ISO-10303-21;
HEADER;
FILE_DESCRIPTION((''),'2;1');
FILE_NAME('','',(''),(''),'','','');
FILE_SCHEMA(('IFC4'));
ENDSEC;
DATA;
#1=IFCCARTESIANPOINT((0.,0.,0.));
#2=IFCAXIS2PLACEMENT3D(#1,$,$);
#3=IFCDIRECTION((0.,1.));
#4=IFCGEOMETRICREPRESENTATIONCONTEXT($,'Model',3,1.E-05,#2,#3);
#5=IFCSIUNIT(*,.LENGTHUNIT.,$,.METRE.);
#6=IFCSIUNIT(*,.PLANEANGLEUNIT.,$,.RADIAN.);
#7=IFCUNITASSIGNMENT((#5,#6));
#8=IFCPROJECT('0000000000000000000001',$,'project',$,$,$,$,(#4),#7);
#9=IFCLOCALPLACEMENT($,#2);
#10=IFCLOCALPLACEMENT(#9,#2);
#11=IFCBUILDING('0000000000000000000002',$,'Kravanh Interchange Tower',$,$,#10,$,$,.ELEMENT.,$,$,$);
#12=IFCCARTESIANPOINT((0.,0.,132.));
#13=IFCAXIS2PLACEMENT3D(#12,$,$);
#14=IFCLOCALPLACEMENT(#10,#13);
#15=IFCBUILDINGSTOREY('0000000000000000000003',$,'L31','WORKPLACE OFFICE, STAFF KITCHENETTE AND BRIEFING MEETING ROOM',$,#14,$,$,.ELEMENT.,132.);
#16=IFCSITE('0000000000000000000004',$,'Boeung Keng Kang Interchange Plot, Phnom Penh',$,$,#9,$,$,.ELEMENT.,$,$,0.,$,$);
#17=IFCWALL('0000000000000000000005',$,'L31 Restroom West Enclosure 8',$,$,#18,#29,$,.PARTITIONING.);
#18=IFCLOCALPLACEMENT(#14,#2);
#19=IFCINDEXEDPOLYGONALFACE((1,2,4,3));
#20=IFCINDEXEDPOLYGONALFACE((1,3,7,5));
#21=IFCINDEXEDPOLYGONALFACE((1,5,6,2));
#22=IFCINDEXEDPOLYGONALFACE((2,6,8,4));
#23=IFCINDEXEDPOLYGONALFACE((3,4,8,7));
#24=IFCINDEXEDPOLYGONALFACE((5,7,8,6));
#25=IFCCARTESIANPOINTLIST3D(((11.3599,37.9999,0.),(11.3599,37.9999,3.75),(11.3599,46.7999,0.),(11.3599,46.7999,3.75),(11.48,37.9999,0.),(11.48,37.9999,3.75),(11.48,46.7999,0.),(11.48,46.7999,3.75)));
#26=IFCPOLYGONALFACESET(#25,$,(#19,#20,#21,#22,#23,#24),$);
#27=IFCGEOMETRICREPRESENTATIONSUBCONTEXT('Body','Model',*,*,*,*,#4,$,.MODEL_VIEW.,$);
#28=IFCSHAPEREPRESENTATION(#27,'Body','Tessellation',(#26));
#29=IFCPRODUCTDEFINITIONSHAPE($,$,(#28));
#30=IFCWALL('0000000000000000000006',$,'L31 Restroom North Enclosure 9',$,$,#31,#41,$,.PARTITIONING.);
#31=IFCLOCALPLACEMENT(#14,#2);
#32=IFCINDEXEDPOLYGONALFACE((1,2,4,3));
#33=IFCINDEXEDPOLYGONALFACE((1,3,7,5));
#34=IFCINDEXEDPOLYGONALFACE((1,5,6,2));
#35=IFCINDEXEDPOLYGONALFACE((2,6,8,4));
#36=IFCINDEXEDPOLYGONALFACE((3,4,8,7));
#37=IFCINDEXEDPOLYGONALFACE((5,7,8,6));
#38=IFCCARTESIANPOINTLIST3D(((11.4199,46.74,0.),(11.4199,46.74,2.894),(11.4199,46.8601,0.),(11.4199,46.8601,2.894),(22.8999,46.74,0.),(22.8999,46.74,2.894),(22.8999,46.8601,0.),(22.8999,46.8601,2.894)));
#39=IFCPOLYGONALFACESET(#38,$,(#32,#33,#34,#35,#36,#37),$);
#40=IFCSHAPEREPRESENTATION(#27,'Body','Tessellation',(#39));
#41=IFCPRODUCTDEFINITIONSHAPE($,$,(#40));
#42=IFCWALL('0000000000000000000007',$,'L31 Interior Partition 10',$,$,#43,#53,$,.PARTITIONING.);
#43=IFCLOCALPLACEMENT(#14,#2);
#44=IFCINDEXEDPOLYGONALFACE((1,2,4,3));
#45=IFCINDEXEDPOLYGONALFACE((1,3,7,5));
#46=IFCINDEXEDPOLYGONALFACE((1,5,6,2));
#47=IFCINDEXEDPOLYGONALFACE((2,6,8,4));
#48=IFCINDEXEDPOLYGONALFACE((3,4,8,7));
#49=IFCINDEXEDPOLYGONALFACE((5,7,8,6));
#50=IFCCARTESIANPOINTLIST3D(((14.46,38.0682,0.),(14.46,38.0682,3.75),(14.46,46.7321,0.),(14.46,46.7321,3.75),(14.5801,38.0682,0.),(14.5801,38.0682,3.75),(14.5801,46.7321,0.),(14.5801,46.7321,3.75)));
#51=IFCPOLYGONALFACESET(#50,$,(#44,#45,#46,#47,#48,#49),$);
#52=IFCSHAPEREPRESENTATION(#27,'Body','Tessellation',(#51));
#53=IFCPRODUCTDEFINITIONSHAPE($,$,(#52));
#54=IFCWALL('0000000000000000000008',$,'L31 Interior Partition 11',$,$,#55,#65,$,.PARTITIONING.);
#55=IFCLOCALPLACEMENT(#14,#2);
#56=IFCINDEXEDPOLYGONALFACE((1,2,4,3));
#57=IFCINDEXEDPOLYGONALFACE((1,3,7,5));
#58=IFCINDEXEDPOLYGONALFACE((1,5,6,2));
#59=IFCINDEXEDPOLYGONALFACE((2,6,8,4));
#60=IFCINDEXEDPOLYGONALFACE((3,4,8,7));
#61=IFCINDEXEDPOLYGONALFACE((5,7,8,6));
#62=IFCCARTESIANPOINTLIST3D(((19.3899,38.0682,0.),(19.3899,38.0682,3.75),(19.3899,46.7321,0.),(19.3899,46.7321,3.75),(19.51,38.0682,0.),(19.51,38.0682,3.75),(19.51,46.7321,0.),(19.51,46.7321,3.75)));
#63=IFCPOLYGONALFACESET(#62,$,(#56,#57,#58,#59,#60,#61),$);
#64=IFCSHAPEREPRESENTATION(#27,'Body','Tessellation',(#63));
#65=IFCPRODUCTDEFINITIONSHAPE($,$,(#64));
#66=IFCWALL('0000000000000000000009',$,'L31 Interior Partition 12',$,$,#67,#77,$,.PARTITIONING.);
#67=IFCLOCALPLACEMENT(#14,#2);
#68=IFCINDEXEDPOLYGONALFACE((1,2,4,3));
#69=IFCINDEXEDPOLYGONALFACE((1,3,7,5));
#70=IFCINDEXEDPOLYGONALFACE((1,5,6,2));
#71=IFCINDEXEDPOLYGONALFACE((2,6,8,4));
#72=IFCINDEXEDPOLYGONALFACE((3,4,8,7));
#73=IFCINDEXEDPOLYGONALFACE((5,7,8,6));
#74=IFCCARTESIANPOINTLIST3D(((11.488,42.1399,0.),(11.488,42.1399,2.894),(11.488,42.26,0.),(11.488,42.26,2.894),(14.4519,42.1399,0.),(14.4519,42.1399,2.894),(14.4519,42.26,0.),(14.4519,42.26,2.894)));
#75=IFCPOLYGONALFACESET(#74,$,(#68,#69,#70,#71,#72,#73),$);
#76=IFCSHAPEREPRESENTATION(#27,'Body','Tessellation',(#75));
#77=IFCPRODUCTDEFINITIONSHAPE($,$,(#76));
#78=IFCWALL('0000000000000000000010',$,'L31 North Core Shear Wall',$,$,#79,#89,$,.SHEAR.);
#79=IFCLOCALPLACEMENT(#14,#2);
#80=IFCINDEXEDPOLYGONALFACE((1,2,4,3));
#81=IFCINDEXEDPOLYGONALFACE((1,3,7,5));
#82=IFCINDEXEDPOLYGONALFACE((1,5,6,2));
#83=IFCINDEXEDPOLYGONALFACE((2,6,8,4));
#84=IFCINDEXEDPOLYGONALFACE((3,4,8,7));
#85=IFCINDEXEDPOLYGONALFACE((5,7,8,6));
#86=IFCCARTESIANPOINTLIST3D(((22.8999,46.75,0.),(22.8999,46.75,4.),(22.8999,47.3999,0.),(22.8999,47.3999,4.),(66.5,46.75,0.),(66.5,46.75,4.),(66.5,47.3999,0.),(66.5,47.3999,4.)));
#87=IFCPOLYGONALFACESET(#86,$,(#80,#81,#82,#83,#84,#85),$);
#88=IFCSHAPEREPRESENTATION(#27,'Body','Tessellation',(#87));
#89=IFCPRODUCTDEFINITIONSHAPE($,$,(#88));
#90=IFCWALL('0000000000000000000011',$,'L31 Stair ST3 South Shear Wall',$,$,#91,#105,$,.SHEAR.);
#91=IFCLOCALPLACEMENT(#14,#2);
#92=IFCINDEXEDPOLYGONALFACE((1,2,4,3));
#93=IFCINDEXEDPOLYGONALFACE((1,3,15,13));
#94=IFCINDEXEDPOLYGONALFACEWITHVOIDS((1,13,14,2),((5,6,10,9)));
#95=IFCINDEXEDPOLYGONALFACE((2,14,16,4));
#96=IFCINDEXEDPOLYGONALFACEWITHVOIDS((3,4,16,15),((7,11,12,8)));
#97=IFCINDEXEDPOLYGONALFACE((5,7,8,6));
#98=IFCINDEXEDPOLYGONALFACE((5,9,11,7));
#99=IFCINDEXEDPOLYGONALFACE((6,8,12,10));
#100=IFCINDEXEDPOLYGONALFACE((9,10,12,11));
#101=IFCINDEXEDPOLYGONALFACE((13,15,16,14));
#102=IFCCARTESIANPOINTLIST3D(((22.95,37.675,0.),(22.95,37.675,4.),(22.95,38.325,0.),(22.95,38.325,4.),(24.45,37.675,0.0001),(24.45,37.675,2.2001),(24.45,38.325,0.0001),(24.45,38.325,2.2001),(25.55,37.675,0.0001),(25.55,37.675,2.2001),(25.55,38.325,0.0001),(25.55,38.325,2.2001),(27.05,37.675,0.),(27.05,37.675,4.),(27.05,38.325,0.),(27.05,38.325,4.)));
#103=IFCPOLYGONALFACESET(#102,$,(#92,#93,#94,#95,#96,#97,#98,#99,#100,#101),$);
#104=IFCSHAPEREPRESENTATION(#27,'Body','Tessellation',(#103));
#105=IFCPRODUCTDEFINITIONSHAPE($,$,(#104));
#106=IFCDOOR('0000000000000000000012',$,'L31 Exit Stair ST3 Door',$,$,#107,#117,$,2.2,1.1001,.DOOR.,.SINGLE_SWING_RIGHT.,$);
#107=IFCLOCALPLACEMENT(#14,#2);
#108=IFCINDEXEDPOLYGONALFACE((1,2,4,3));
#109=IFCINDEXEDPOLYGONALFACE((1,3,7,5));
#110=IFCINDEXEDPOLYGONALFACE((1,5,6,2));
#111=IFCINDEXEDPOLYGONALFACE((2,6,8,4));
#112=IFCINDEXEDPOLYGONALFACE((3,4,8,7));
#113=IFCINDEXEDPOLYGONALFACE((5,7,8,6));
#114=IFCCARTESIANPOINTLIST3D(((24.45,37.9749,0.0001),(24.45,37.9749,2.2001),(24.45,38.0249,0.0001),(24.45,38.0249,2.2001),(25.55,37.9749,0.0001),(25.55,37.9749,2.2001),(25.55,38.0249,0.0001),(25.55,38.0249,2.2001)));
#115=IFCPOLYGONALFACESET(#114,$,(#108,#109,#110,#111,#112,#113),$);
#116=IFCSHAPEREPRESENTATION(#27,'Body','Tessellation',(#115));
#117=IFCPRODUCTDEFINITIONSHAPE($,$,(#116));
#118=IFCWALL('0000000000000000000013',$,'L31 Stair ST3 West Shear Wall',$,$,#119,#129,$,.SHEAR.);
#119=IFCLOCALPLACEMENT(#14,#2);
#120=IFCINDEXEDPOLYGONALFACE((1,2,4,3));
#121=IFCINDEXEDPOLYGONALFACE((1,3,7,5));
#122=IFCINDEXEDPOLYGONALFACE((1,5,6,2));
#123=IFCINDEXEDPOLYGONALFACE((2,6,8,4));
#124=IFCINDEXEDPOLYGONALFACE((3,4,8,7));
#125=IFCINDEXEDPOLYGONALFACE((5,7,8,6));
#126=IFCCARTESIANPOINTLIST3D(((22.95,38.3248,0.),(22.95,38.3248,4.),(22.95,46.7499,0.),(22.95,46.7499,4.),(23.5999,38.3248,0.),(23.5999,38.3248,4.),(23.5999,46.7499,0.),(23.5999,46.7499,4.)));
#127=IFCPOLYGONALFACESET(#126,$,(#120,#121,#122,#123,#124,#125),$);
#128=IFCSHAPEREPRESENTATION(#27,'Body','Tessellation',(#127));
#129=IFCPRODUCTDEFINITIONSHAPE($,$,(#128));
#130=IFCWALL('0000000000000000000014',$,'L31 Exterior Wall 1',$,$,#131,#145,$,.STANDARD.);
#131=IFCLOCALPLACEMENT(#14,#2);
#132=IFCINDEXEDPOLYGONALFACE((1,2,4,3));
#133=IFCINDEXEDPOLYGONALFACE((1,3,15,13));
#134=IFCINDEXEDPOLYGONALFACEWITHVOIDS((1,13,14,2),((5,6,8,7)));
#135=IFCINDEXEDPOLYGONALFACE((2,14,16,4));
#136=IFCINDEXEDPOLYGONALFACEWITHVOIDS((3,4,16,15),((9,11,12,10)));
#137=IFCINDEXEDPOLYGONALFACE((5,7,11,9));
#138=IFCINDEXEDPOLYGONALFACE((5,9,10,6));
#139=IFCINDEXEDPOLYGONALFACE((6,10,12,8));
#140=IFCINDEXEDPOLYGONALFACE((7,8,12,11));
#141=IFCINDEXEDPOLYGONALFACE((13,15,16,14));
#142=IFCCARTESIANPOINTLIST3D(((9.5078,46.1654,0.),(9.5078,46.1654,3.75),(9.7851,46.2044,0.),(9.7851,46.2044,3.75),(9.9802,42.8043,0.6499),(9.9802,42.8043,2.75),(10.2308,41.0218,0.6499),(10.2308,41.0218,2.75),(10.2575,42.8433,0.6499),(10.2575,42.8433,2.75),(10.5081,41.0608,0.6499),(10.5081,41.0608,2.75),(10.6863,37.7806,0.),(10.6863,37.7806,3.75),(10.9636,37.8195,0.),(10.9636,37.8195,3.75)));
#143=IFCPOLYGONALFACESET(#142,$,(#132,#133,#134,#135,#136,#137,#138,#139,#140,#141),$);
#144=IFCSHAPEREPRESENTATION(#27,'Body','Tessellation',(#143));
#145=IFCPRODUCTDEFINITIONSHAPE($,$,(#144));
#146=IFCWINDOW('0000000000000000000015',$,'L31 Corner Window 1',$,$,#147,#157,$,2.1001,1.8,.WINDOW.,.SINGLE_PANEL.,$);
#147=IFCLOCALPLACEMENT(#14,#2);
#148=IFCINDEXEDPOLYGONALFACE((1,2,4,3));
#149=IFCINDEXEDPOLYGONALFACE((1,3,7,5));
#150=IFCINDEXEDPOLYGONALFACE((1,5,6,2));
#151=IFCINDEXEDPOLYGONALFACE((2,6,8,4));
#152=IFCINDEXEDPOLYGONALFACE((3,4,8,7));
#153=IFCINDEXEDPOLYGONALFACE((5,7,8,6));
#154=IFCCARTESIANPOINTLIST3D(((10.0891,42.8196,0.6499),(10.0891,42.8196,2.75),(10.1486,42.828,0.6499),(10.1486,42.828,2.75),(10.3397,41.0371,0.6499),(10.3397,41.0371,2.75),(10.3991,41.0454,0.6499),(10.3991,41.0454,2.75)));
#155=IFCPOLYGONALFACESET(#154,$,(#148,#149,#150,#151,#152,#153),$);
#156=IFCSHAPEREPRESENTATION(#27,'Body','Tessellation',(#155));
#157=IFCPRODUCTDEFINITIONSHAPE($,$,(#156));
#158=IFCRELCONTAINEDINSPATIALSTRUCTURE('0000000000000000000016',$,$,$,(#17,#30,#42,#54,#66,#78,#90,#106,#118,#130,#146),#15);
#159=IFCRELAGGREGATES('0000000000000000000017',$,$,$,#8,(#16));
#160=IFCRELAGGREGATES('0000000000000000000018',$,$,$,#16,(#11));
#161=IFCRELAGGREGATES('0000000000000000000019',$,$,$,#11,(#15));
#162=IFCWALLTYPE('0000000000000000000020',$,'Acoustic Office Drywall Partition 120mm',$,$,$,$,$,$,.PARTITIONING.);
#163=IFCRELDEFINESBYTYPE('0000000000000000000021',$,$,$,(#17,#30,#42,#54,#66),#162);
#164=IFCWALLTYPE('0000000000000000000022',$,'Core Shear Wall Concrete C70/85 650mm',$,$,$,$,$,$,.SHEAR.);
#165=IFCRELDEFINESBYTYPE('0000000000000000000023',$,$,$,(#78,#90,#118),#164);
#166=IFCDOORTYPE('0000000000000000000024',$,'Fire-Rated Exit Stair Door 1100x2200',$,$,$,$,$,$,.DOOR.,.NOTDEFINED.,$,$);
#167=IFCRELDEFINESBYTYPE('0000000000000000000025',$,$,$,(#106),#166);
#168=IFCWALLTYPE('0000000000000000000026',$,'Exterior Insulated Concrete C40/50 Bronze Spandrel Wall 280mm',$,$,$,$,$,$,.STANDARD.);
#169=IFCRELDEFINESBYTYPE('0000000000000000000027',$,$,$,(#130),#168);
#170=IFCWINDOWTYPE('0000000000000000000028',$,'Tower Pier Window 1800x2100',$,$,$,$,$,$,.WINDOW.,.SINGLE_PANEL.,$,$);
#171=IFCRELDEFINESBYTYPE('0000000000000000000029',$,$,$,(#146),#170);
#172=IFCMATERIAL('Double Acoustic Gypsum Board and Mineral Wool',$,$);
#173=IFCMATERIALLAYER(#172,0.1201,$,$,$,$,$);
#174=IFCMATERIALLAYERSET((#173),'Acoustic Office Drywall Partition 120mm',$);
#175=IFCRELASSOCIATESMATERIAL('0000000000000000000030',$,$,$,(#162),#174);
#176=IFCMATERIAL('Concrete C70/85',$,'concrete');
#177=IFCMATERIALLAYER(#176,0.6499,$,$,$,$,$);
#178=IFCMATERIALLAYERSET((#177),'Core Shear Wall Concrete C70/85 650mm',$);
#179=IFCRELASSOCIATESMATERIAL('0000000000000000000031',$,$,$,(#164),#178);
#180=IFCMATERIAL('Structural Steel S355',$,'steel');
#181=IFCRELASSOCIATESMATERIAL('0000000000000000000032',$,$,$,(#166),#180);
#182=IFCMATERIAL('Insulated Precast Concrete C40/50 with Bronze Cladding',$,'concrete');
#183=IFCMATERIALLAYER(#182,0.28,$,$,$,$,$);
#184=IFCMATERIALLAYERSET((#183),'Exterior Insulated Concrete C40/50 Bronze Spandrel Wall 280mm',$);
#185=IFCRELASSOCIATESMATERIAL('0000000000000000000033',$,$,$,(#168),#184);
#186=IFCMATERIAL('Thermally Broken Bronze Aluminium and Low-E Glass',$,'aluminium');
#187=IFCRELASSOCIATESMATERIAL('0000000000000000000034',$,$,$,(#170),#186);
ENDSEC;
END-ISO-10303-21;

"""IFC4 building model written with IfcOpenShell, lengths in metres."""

from ifc_helpers import new_model, si_unit, direction, frame, frame_2d, origin, place, context, subcontext, project, spatial, rectangle, extrude, material, layer, layer_set, type_object, element, fill, save


model = new_model("IFC4")

# Units and contexts
model_context = context("Model", 3, precision=1e-05, world=origin(), true_north=direction((0.0, 1.0)))
body_context = subcontext(model_context, "Body", "Model", "MODEL_VIEW")
ifc_project = project(units=[si_unit("LENGTHUNIT", "METRE"), si_unit("PLANEANGLEUNIT", "RADIAN")], contexts=[model_context])

# Site, building, storey
site_placement = place(None, origin())
site = spatial("IfcSite", under=ifc_project, at=site_placement, Name="Boeung Keng Kang Interchange Plot, Phnom Penh", CompositionType="ELEMENT", RefElevation=0.0)
building_placement = place(site_placement, origin())
building = spatial("IfcBuilding", under=site, at=building_placement, Name="Kravanh Interchange Tower", CompositionType="ELEMENT")
storey_placement = place(building_placement, frame((0.0, 0.0, 132.0)))
storey = spatial("IfcBuildingStorey", under=building, at=storey_placement, Name="L31", Description="WORKPLACE OFFICE, STAFF KITCHENETTE AND BRIEFING MEETING ROOM", CompositionType="ELEMENT", Elevation=132.0)

# Shared definitions
ifc_material_1 = material(Name="Double Acoustic Gypsum Board and Mineral Wool")
ifc_layer_1 = layer(ifc_material_1, 0.1201)
ifc_layer_set_1 = layer_set([ifc_layer_1], Name="Acoustic Office Drywall Partition 120mm")
wall_type_1 = type_object("IfcWallType", Name="Acoustic Office Drywall Partition 120mm", PredefinedType="PARTITIONING", material=ifc_layer_set_1)

# Walls
wall_1_placement = place(storey_placement, frame((11.4199, 38.0, 0.0), z_axis=(0.0, 0.0, 1.0), x_axis=(0.0, 1.0, 0.0)))
element("IfcWall", 1, at=wall_1_placement, inside=storey, type_object=wall_type_1, Name="L31 Restroom West Enclosure 8", PredefinedType="PARTITIONING", context=body_context, shape_type="SweptSolid", body=[
    extrude(rectangle(XDim=8.8, YDim=0.1201, at=frame_2d((4.3999, 0.0))), origin(), (0.0, 0.0, 1.0), 3.75),
])
wall_2_placement = place(storey_placement, frame((11.4199, 46.8, 0.0), z_axis=(0.0, 0.0, 1.0), x_axis=(1.0, 0.0, 0.0)))
element("IfcWall", 2, at=wall_2_placement, inside=storey, type_object=wall_type_1, Name="L31 Restroom North Enclosure 9", PredefinedType="PARTITIONING", context=body_context, shape_type="SweptSolid", body=[
    extrude(rectangle(XDim=11.48, YDim=0.1201, at=frame_2d((5.74, 0.0))), origin(), (0.0, 0.0, 1.0), 2.894),
])
for number, where, z_axis, x_axis, name in (
    (3, (14.52, 38.0681, 0.0), (0.0, 0.0, 1.0), (0.0, 1.0, 0.0), "L31 Interior Partition 10"),
    (4, (19.45, 38.0681, 0.0), (0.0, 0.0, 1.0), (0.0, 1.0, 0.0), "L31 Interior Partition 11"),
):
    element("IfcWall", number, at=place(storey_placement, frame(where, z_axis=z_axis, x_axis=x_axis)), inside=storey, type_object=wall_type_1, Name=name, PredefinedType="PARTITIONING", context=body_context, shape_type="SweptSolid", body=[
        extrude(rectangle(XDim=8.6638, YDim=0.1201, at=frame_2d((4.332, 0.0))), origin(), (0.0, 0.0, 1.0), 3.75),
    ])
wall_3_placement = place(storey_placement, frame((11.488, 42.2, 0.0), z_axis=(0.0, 0.0, 1.0), x_axis=(1.0, 0.0, 0.0)))
element("IfcWall", 5, at=wall_3_placement, inside=storey, type_object=wall_type_1, Name="L31 Interior Partition 12", PredefinedType="PARTITIONING", context=body_context, shape_type="SweptSolid", body=[
    extrude(rectangle(XDim=2.9639, YDim=0.1201, at=frame_2d((1.4819, 0.0))), origin(), (0.0, 0.0, 1.0), 2.894),
])
ifc_material_2 = material(Name="Concrete C70/85", Category="concrete")
ifc_layer_2 = layer(ifc_material_2, 0.6499)
ifc_layer_set_2 = layer_set([ifc_layer_2], Name="Core Shear Wall Concrete C70/85 650mm")
wall_type_2 = type_object("IfcWallType", Name="Core Shear Wall Concrete C70/85 650mm", PredefinedType="SHEAR", material=ifc_layer_set_2)
wall_4_placement = place(storey_placement, frame((22.8999, 47.075, 0.0), z_axis=(0.0, 0.0, 1.0), x_axis=(1.0, 0.0, 0.0)))
element("IfcWall", 6, at=wall_4_placement, inside=storey, type_object=wall_type_2, Name="L31 North Core Shear Wall", PredefinedType="SHEAR", context=body_context, shape_type="SweptSolid", body=[
    extrude(rectangle(XDim=43.6001, YDim=0.6499, at=frame_2d((21.8, 0.0))), origin(), (0.0, 0.0, 1.0), 4.0),
])

# Wall, opening, door
wall_5_placement = place(storey_placement, frame((22.95, 38.0, 0.0), z_axis=(0.0, 0.0, 1.0), x_axis=(1.0, 0.0, 0.0)))
wall_5 = element("IfcWall", 7, at=wall_5_placement, inside=storey, type_object=wall_type_2, Name="L31 Stair ST3 South Shear Wall", PredefinedType="SHEAR", context=body_context, shape_type="SweptSolid", body=[
    extrude(rectangle(XDim=4.1001, YDim=0.6499, at=frame_2d((2.05, 0.0))), origin(), (0.0, 0.0, 1.0), 4.0),
])
opening_1_placement = place(wall_5_placement, frame((1.5, 0.0, 0.0)))
opening_1 = element("IfcOpeningElement", 8, at=opening_1_placement, cuts=wall_5, PredefinedType="OPENING", context=body_context, shape_type="SweptSolid", body=[
    extrude(rectangle(XDim=1.1001, YDim=2.2, at=frame_2d((0.55, 1.1001))), frame((0.0, 0.335, 0.0), z_axis=(0.0, -1.0, 0.0), x_axis=(1.0, 0.0, 0.0)), (0.0, 0.0, 1.0), 0.6699),
])
ifc_material_3 = material(Name="Structural Steel S355", Category="steel")
door_type_1 = type_object("IfcDoorType", Name="Fire-Rated Exit Stair Door 1100x2200", OperationType="NOTDEFINED", PredefinedType="DOOR", material=ifc_material_3)
door_1_placement = place(opening_1_placement, origin())
door_1 = element("IfcDoor", 9, at=door_1_placement, inside=storey, type_object=door_type_1, Name="L31 Exit Stair ST3 Door", OperationType="SINGLE_SWING_RIGHT", OverallHeight=2.2, OverallWidth=1.1001, PredefinedType="DOOR", context=body_context, shape_type="SweptSolid", body=[
    extrude(rectangle(XDim=1.1001, YDim=2.2, at=frame_2d((0.55, 1.1001))), frame((0.0, 0.0249, 0.0), z_axis=(0.0, -1.0, 0.0), x_axis=(1.0, 0.0, 0.0)), (0.0, 0.0, 1.0), 0.05),
])
fill(opening_1, door_1)

# Wall
wall_6_placement = place(storey_placement, frame((23.2749, 38.325, 0.0), z_axis=(0.0, 0.0, 1.0), x_axis=(0.0, 1.0, 0.0)))
element("IfcWall", 10, at=wall_6_placement, inside=storey, type_object=wall_type_2, Name="L31 Stair ST3 West Shear Wall", PredefinedType="SHEAR", context=body_context, shape_type="SweptSolid", body=[
    extrude(rectangle(XDim=8.425, YDim=0.6499, at=frame_2d((4.2124, 0.0))), origin(), (0.0, 0.0, 1.0), 4.0),
])

# Wall, opening, window
ifc_material_4 = material(Name="Insulated Precast Concrete C40/50 with Bronze Cladding", Category="concrete")
ifc_layer_3 = layer(ifc_material_4, 0.28)
ifc_layer_set_3 = layer_set([ifc_layer_3], Name="Exterior Insulated Concrete C40/50 Bronze Spandrel Wall 280mm")
wall_type_3 = type_object("IfcWallType", Name="Exterior Insulated Concrete C40/50 Bronze Spandrel Wall 280mm", PredefinedType="STANDARD", material=ifc_layer_set_3)
wall_7_placement = place(storey_placement, frame((10.825, 37.8, 0.0), z_axis=(0.0, 0.0, 1.0), x_axis=(-0.139181, 0.990267, 0.0)))
wall_7 = element("IfcWall", 11, at=wall_7_placement, inside=storey, type_object=wall_type_3, Name="L31 Exterior Wall 1", PredefinedType="STANDARD", context=body_context, shape_type="SweptSolid", body=[
    extrude(rectangle(XDim=8.4673, YDim=0.28, at=frame_2d((4.2336, 0.0))), origin(), (0.0, 0.0, 1.0), 3.75),
])
opening_2_placement = place(wall_7_placement, frame((3.2732, 0.0, 0.6499)))
opening_2 = element("IfcOpeningElement", 12, at=opening_2_placement, cuts=wall_7, PredefinedType="OPENING", context=body_context, shape_type="SweptSolid", body=[
    extrude(rectangle(XDim=1.8, YDim=2.1001, at=frame_2d((0.8999, 1.05))), frame((0.0, 0.1499, 0.0), z_axis=(0.0, -1.0, 0.0), x_axis=(1.0, 0.0, 0.0)), (0.0, 0.0, 1.0), 0.3),
])
ifc_material_5 = material(Name="Thermally Broken Bronze Aluminium and Low-E Glass", Category="aluminium")
window_type = type_object("IfcWindowType", Name="Tower Pier Window 1800x2100", PartitioningType="SINGLE_PANEL", PredefinedType="WINDOW", material=ifc_material_5)
window_1_placement = place(opening_2_placement, origin())
window_1 = element("IfcWindow", 13, at=window_1_placement, inside=storey, type_object=window_type, Name="L31 Corner Window 1", OverallHeight=2.1001, OverallWidth=1.8, PartitioningType="SINGLE_PANEL", PredefinedType="WINDOW", context=body_context, shape_type="SweptSolid", body=[
    extrude(rectangle(XDim=1.8, YDim=2.1001, at=frame_2d((0.8999, 1.05))), frame((0.0, 0.03, 0.0), z_axis=(0.0, -1.0, 0.0), x_axis=(1.0, 0.0, 0.0)), (0.0, 0.0, 1.0), 0.0601),
])
fill(opening_2, window_1)

save(model, "model.ifc")
